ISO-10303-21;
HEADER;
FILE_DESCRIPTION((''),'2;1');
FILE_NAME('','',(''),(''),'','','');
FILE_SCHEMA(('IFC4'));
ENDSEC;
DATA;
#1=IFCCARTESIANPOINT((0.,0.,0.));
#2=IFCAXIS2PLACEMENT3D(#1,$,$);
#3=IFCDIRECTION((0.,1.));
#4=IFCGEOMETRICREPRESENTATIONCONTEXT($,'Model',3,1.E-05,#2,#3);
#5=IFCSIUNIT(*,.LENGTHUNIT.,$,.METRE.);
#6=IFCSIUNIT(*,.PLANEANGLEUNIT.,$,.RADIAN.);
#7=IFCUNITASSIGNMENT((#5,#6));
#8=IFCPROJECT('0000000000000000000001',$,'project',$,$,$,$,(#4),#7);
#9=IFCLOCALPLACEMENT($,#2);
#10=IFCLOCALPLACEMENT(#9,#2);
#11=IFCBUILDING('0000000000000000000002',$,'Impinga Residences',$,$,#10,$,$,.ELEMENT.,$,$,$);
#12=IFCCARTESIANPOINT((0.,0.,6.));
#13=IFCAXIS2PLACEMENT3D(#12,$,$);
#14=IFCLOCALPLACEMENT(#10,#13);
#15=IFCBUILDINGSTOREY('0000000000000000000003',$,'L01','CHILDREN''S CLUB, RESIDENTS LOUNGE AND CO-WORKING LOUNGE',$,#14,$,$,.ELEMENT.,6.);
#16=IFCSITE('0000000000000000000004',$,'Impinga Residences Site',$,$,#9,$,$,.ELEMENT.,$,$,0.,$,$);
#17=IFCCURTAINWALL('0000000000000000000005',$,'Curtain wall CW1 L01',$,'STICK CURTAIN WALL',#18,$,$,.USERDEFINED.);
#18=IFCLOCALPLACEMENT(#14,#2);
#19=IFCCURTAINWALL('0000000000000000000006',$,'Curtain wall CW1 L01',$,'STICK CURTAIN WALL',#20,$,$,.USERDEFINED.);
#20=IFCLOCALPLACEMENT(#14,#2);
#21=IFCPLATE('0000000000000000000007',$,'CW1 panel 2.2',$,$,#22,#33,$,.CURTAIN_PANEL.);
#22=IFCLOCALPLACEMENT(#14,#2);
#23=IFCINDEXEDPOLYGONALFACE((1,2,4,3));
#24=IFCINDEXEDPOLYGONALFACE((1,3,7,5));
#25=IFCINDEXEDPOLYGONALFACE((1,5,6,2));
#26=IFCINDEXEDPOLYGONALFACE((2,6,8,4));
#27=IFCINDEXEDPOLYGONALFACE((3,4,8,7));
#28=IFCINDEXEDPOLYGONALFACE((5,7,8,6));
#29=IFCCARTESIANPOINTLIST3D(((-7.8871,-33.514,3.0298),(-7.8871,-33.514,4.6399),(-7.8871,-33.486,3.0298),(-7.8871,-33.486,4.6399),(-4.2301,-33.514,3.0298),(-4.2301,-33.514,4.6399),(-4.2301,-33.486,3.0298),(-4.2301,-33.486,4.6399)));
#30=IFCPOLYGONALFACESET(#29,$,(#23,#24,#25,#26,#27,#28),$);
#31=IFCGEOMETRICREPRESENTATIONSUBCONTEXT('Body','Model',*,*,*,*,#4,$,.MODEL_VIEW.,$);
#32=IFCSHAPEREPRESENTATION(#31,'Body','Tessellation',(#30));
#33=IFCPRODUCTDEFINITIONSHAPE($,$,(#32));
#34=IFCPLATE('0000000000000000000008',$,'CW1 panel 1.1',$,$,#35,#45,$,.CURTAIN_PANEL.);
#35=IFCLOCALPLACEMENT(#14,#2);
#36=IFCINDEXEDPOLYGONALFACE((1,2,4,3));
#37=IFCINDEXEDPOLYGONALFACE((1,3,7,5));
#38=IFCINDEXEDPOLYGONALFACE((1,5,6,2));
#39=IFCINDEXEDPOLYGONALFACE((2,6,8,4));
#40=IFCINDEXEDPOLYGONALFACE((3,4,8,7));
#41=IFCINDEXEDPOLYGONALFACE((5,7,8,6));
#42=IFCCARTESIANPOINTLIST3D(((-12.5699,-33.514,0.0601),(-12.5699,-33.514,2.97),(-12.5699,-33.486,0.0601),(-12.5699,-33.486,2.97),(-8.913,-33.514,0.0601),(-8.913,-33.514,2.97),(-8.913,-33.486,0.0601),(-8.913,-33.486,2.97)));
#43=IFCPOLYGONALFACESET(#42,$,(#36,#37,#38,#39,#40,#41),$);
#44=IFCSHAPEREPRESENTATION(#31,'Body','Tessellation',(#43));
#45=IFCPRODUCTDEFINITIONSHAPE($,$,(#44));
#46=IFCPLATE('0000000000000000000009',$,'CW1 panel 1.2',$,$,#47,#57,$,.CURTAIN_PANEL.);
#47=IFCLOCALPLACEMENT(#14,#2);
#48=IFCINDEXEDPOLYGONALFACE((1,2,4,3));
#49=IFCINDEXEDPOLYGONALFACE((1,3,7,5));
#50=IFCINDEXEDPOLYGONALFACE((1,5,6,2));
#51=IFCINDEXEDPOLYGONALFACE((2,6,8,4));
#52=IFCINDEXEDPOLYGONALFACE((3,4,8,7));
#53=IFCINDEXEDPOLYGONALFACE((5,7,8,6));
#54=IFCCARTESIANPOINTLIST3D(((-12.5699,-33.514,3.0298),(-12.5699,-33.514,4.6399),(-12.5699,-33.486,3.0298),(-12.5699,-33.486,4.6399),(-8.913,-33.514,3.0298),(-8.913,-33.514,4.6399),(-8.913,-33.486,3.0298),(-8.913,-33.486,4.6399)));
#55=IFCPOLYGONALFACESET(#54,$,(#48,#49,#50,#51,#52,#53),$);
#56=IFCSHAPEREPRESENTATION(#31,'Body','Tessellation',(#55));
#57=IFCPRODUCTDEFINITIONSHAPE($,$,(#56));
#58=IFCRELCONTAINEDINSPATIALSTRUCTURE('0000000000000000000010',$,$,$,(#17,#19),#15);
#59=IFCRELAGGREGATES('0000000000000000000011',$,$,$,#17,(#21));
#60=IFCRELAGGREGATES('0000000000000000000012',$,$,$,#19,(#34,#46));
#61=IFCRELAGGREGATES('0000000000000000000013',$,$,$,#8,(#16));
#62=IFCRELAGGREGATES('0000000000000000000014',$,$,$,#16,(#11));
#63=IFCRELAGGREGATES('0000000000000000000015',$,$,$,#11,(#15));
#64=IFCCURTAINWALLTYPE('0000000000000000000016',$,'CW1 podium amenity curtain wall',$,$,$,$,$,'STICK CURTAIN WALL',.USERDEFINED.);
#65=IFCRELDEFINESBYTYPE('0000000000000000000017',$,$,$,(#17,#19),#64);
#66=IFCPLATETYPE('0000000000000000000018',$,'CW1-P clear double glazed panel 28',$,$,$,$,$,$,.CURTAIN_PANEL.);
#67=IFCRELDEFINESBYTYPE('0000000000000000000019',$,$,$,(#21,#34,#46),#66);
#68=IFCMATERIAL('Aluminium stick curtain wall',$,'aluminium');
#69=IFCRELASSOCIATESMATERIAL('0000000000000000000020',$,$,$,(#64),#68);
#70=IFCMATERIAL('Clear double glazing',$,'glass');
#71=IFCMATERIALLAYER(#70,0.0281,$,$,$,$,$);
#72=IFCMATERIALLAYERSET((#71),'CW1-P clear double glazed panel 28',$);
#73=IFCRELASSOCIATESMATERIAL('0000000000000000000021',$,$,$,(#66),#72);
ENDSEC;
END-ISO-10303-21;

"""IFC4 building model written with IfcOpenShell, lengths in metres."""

from ifc_helpers import new_model, si_unit, direction, frame, origin, origin_2d, place, context, subcontext, project, spatial, rectangle, extrude, material, layer, layer_set, type_object, element, aggregate, save


model = new_model("IFC4")

# Units and contexts
model_context = context("Model", 3, precision=1e-05, world=origin(), true_north=direction((0.0, 1.0)))
body_context = subcontext(model_context, "Body", "Model", "MODEL_VIEW")
ifc_project = project(units=[si_unit("LENGTHUNIT", "METRE"), si_unit("PLANEANGLEUNIT", "RADIAN")], contexts=[model_context])

# Site, building, storey
site_placement = place(None, origin())
site = spatial("IfcSite", under=ifc_project, at=site_placement, Name="Impinga Residences Site", CompositionType="ELEMENT", RefElevation=0.0)
building_placement = place(site_placement, origin())
building = spatial("IfcBuilding", under=site, at=building_placement, Name="Impinga Residences", CompositionType="ELEMENT")
storey_placement = place(building_placement, frame((0.0, 0.0, 6.0)))
storey = spatial("IfcBuildingStorey", under=building, at=storey_placement, Name="L01", Description="CHILDREN'S CLUB, RESIDENTS LOUNGE AND CO-WORKING LOUNGE", CompositionType="ELEMENT", Elevation=6.0)

# Curtain walls
ifc_material_1 = material(Name="Aluminium stick curtain wall", Category="aluminium")
curtain_wall_type = type_object("IfcCurtainWallType", Name="CW1 podium amenity curtain wall", ElementType="STICK CURTAIN WALL", PredefinedType="USERDEFINED", material=ifc_material_1)
curtain_wall_1_placement = place(storey_placement, origin())
curtain_wall_1 = element("IfcCurtainWall", 1, at=curtain_wall_1_placement, inside=storey, type_object=curtain_wall_type, Name="Curtain wall CW1 L01", ObjectType="STICK CURTAIN WALL", PredefinedType="USERDEFINED")
curtain_wall_2_placement = place(storey_placement, origin())
curtain_wall_2 = element("IfcCurtainWall", 2, at=curtain_wall_2_placement, inside=storey, type_object=curtain_wall_type, Name="Curtain wall CW1 L01", ObjectType="STICK CURTAIN WALL", PredefinedType="USERDEFINED")

# Plates
ifc_material_2 = material(Name="Clear double glazing", Category="glass")
ifc_layer = layer(ifc_material_2, 0.0281)
ifc_layer_set = layer_set([ifc_layer], Name="CW1-P clear double glazed panel 28")
plate_type = type_object("IfcPlateType", Name="CW1-P clear double glazed panel 28", PredefinedType="CURTAIN_PANEL", material=ifc_layer_set)
plate_1_placement = place(storey_placement, frame((-6.0586, -33.5, 3.0298), z_axis=(0.0, 0.0, 1.0), x_axis=(-1.0, 0.0, 0.0)))
plate_1 = element("IfcPlate", 3, at=plate_1_placement, type_object=plate_type, Name="CW1 panel 2.2", PredefinedType="CURTAIN_PANEL", context=body_context, shape_type="SweptSolid", body=[
    extrude(rectangle(XDim=3.657, YDim=0.0281, at=origin_2d()), origin(), (0.0, 0.0, 1.0), 1.6101),
])
aggregate(curtain_wall_1, [plate_1])
plate_2_placement = place(storey_placement, frame((-10.7415, -33.5, 0.0601), z_axis=(0.0, 0.0, 1.0), x_axis=(-1.0, 0.0, 0.0)))
plate_2 = element("IfcPlate", 4, at=plate_2_placement, type_object=plate_type, Name="CW1 panel 1.1", PredefinedType="CURTAIN_PANEL", context=body_context, shape_type="SweptSolid", body=[
    extrude(rectangle(XDim=3.657, YDim=0.0281, at=origin_2d()), origin(), (0.0, 0.0, 1.0), 2.9099),
])
plate_3_placement = place(storey_placement, frame((-10.7415, -33.5, 3.0298), z_axis=(0.0, 0.0, 1.0), x_axis=(-1.0, 0.0, 0.0)))
plate_3 = element("IfcPlate", 5, at=plate_3_placement, type_object=plate_type, Name="CW1 panel 1.2", PredefinedType="CURTAIN_PANEL", context=body_context, shape_type="SweptSolid", body=[
    extrude(rectangle(XDim=3.657, YDim=0.0281, at=origin_2d()), origin(), (0.0, 0.0, 1.0), 1.6101),
])
aggregate(curtain_wall_2, [plate_2, plate_3])

save(model, "model.ifc")
